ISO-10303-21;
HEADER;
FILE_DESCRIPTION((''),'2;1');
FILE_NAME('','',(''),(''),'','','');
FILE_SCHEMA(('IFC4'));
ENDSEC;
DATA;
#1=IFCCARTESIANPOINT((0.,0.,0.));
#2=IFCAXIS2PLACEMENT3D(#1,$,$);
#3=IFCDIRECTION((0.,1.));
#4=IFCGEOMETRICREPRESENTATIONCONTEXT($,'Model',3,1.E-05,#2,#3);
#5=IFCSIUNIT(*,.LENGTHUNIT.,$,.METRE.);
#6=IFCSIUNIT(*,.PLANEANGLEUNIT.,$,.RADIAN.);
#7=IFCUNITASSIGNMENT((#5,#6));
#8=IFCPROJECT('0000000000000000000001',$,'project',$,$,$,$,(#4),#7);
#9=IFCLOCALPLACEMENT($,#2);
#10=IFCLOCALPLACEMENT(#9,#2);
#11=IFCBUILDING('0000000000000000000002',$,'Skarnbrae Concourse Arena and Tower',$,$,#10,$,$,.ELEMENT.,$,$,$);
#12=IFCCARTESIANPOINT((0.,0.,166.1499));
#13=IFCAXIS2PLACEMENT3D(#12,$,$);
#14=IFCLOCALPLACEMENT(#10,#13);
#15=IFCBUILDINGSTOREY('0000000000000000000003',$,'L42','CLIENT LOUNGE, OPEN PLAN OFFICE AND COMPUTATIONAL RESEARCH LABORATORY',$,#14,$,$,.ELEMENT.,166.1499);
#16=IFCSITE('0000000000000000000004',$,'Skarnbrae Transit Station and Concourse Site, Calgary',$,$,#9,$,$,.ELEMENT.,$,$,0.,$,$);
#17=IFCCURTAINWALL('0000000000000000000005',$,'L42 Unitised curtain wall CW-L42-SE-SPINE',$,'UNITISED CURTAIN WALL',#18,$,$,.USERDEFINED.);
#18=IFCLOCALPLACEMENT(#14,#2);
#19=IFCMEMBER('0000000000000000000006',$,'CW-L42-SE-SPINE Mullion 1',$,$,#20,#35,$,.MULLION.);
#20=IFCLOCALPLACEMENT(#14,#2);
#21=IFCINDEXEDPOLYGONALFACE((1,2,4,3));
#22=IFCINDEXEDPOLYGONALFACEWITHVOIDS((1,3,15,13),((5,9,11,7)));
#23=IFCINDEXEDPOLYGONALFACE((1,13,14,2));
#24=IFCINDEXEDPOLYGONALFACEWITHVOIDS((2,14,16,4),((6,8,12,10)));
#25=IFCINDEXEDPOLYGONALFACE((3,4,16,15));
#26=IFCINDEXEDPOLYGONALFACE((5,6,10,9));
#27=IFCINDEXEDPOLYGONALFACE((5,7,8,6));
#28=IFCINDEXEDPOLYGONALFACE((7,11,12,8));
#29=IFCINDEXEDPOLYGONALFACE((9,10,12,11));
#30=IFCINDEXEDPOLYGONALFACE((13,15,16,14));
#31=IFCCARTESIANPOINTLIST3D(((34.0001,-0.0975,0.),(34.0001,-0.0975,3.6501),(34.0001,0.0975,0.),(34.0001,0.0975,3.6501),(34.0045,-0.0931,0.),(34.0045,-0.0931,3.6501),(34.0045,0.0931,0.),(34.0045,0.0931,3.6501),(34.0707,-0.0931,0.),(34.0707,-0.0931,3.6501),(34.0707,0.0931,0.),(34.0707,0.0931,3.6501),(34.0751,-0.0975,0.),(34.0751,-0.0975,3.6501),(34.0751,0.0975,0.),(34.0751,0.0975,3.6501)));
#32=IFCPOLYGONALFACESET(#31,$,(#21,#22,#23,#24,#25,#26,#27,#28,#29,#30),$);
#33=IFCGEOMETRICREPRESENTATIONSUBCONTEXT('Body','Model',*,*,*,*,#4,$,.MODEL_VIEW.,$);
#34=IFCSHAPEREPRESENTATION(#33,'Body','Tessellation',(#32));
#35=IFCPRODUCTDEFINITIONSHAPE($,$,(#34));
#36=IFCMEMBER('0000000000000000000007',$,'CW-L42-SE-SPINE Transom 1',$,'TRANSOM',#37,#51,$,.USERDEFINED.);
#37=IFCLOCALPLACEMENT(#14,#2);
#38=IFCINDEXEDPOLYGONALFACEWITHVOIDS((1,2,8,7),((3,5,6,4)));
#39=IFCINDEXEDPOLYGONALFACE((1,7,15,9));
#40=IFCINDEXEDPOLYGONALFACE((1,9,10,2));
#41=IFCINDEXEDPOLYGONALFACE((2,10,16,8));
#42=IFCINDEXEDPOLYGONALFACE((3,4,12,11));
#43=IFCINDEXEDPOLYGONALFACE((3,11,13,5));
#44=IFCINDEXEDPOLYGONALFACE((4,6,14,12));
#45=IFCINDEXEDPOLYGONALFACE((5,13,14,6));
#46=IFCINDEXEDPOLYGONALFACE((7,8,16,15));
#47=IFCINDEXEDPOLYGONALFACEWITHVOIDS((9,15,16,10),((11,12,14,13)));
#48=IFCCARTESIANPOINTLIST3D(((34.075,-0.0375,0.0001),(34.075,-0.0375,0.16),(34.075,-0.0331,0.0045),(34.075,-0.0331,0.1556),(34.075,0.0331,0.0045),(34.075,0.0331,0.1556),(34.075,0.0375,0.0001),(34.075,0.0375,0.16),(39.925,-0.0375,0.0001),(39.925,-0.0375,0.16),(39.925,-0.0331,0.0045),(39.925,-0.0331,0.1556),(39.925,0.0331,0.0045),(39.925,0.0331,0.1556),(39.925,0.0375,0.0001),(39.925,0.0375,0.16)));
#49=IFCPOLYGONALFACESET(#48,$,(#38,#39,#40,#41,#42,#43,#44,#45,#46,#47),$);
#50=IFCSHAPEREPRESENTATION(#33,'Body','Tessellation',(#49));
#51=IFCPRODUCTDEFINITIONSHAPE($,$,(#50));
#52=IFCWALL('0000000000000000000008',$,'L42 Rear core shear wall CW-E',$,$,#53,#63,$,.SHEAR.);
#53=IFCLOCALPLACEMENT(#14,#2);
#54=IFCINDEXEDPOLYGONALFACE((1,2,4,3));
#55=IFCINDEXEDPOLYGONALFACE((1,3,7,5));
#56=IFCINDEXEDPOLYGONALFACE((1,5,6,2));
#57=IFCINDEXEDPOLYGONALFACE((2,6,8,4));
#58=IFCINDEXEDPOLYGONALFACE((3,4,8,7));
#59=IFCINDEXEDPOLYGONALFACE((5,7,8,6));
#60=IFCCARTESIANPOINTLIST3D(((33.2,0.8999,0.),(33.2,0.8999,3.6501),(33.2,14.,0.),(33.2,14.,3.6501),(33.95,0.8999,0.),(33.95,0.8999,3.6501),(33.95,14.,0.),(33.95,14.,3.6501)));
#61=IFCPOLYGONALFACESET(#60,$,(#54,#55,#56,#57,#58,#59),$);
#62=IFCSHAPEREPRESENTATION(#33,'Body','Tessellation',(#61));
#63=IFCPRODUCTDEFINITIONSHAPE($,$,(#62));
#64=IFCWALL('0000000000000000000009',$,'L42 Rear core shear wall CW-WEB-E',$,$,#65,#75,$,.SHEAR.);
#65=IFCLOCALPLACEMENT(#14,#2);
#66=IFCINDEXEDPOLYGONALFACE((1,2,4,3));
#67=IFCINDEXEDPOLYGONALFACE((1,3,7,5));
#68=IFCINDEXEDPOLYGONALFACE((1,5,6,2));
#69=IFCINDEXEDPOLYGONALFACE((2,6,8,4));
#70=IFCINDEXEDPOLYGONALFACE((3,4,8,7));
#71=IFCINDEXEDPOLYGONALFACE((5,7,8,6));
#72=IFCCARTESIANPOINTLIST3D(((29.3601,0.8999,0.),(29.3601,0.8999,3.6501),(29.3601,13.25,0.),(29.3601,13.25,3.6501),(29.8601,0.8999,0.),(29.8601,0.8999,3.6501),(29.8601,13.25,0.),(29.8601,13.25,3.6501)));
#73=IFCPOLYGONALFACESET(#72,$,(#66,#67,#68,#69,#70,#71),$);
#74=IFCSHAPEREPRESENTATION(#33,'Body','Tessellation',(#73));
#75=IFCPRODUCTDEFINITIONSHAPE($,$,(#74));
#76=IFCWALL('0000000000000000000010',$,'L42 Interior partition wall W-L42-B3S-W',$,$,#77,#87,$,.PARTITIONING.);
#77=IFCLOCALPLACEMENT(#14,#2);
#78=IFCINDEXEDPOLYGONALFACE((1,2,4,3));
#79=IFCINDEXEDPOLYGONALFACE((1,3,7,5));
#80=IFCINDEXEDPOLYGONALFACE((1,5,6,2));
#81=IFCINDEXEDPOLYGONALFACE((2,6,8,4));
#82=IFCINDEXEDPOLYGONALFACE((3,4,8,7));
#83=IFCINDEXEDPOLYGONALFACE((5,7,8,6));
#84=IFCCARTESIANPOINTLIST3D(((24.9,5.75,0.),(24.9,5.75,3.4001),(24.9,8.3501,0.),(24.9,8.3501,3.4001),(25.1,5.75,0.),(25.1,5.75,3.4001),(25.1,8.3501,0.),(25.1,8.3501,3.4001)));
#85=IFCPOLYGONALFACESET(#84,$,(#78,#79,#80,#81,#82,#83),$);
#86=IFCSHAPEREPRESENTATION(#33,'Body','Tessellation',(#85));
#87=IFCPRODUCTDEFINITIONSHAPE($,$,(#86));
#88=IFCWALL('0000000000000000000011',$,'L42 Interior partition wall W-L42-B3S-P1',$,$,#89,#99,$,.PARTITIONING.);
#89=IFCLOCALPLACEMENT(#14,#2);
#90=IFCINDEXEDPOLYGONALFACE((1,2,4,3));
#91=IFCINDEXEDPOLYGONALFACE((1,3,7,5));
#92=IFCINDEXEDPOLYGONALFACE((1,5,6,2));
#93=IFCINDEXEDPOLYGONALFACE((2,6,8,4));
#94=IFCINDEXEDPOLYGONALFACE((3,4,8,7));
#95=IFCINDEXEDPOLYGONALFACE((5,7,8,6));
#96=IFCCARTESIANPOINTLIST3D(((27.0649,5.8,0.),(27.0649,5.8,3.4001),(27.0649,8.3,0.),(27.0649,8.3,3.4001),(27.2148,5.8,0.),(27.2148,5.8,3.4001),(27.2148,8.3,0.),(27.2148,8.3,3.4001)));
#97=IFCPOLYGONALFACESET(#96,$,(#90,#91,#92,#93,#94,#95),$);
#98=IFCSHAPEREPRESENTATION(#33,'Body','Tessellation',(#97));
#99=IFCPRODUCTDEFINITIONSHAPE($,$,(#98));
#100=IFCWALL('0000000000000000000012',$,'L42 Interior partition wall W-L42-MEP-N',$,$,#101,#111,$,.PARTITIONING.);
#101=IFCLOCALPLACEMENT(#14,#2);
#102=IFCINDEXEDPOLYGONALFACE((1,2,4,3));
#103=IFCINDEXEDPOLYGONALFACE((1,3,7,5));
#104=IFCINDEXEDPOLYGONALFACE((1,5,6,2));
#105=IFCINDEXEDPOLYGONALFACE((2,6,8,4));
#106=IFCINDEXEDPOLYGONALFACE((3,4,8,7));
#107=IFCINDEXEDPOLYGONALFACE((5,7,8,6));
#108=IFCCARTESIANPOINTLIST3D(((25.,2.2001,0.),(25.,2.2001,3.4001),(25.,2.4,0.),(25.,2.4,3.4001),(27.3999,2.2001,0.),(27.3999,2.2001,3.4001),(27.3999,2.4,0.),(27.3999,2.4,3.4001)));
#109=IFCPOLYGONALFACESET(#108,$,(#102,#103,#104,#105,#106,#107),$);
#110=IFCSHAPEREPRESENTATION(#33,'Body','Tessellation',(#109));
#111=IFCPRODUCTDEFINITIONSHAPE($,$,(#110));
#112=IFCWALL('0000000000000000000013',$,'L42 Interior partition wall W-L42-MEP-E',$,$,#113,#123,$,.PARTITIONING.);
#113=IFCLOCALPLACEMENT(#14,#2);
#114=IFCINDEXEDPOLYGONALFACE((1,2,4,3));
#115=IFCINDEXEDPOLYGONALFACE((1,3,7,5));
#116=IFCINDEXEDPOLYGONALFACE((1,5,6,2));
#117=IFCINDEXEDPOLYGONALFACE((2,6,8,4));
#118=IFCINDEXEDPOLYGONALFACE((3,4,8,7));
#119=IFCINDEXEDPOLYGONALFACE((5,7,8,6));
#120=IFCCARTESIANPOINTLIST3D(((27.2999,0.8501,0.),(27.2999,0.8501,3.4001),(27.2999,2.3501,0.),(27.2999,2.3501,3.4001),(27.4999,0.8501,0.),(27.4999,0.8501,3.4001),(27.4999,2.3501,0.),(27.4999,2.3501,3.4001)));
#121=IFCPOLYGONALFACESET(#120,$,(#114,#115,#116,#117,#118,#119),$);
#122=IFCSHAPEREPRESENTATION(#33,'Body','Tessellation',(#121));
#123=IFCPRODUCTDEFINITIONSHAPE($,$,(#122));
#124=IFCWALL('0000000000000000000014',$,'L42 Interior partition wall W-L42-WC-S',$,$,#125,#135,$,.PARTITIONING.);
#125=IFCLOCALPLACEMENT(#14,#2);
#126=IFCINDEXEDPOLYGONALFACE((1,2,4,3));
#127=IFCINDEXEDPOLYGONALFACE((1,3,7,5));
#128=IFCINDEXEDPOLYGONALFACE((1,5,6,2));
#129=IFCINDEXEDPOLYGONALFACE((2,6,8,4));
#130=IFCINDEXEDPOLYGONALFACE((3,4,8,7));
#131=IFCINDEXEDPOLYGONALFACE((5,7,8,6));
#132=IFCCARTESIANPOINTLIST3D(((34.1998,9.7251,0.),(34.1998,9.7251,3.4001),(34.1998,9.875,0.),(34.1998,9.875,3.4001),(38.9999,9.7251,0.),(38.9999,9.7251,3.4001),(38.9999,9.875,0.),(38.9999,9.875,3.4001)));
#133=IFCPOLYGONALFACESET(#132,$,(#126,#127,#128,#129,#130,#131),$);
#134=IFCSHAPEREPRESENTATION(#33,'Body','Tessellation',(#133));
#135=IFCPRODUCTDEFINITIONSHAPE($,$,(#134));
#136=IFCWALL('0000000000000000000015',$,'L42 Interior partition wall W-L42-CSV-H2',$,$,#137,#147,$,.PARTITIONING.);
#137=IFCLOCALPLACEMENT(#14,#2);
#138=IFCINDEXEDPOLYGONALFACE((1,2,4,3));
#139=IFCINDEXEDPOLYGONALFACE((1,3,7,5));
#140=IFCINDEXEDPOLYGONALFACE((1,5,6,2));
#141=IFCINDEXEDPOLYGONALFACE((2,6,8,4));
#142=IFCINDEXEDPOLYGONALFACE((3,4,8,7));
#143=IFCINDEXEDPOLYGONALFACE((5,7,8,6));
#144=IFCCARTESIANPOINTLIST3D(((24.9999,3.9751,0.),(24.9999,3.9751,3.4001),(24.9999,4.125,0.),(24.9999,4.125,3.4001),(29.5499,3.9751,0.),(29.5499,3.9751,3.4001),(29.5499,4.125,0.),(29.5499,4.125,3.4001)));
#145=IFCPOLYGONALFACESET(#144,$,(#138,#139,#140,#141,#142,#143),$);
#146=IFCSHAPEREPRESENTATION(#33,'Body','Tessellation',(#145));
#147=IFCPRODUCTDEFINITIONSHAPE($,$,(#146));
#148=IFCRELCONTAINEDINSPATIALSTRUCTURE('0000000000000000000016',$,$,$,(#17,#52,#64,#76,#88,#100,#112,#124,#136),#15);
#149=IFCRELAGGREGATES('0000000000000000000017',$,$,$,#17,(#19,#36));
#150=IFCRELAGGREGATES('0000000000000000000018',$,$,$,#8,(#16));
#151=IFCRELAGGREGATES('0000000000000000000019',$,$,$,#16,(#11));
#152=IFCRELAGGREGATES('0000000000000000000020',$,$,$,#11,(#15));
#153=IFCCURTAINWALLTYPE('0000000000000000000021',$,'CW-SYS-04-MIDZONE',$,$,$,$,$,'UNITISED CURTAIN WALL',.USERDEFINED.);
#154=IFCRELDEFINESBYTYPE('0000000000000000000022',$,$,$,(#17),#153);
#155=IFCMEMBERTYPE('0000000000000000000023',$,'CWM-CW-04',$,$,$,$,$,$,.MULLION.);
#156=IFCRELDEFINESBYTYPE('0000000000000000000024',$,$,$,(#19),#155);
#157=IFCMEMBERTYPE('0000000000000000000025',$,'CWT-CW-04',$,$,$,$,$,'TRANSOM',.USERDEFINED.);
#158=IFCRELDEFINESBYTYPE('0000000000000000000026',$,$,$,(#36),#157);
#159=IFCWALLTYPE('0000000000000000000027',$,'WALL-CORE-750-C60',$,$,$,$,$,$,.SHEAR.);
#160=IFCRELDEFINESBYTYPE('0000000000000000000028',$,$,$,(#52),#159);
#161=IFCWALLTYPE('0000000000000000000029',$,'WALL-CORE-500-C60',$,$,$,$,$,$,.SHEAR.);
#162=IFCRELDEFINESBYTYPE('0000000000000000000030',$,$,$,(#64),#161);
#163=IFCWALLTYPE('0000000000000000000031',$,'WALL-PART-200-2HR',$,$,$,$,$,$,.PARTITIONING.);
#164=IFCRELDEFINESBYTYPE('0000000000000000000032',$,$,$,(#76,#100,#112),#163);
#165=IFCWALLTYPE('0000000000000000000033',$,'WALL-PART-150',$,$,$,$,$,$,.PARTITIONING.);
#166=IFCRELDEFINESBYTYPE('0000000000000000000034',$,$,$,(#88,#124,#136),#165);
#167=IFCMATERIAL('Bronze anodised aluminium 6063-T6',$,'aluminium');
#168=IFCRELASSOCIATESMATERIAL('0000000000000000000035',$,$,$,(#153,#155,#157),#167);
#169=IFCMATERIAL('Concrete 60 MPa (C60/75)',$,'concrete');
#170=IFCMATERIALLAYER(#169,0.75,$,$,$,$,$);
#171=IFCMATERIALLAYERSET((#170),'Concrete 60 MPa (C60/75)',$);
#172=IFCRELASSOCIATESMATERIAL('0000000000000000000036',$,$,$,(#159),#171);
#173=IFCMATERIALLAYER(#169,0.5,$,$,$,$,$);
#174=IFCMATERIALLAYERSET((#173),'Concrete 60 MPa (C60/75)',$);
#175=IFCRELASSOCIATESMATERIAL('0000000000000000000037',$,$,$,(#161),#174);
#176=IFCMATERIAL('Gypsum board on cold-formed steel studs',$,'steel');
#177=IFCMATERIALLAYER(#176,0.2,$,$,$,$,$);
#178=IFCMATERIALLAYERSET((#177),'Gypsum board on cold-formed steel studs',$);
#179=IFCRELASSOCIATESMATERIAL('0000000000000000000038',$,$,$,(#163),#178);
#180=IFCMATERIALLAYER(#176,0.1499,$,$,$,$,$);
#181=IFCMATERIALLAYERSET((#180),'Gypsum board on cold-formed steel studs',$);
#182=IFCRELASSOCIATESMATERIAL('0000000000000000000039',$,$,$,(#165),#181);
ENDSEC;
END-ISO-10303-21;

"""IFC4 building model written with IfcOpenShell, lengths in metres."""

from ifc_helpers import new_model, si_unit, direction, frame, frame_2d, origin, origin_2d, place, context, subcontext, project, spatial, rectangle, hollow_rectangle, extrude, source, transform, mapped, material, layer, layer_set, material_profile, profile_set, type_object, element, aggregate, save


model = new_model("IFC4")

# Units and contexts
model_context = context("Model", 3, precision=1e-05, world=origin(), true_north=direction((0.0, 1.0)))
body_context = subcontext(model_context, "Body", "Model", "MODEL_VIEW")
ifc_project = project(units=[si_unit("LENGTHUNIT", "METRE"), si_unit("PLANEANGLEUNIT", "RADIAN")], contexts=[model_context])

# Site, building, storey
site_placement = place(None, origin())
site = spatial("IfcSite", under=ifc_project, at=site_placement, Name="Skarnbrae Transit Station and Concourse Site, Calgary", CompositionType="ELEMENT", RefElevation=0.0)
building_placement = place(site_placement, origin())
building = spatial("IfcBuilding", under=site, at=building_placement, Name="Skarnbrae Concourse Arena and Tower", CompositionType="ELEMENT")
storey_placement = place(building_placement, frame((0.0, 0.0, 166.1499)))
storey = spatial("IfcBuildingStorey", under=building, at=storey_placement, Name="L42", Description="CLIENT LOUNGE, OPEN PLAN OFFICE AND COMPUTATIONAL RESEARCH LABORATORY", CompositionType="ELEMENT", Elevation=166.1499)

# Curtain wall, members
ifc_material_1 = material(Name="Bronze anodised aluminium 6063-T6", Category="aluminium")
curtain_wall_type = type_object("IfcCurtainWallType", Name="CW-SYS-04-MIDZONE", ElementType="UNITISED CURTAIN WALL", PredefinedType="USERDEFINED", material=ifc_material_1)
curtain_wall_placement = place(storey_placement, origin())
curtain_wall = element("IfcCurtainWall", 1, at=curtain_wall_placement, inside=storey, type_object=curtain_wall_type, Name="L42 Unitised curtain wall CW-L42-SE-SPINE", ObjectType="UNITISED CURTAIN WALL", PredefinedType="USERDEFINED")
ifc_material_profile_1 = material_profile(ifc_material_1, hollow_rectangle(XDim=0.075, YDim=0.1951, WallThickness=0.0044, at=origin_2d()), Name="ALU-MULL-75X195")
ifc_profile_set_1 = profile_set([ifc_material_profile_1], Name="Bronze anodised aluminium 6063-T6")
member_type_1 = type_object("IfcMemberType", Name="CWM-CW-04", PredefinedType="MULLION", material=ifc_profile_set_1)
shared_shape_1 = source(origin(), body_context, "Body", "SweptSolid", [
    extrude(hollow_rectangle(XDim=0.075, YDim=0.1951, WallThickness=0.0044, at=origin_2d()), origin(), (0.0, 0.0, 1.0), 3.6501),
])
member_1_placement = place(storey_placement, frame((34.0376, 0.0, 0.0), z_axis=(0.0, 0.0, 1.0), x_axis=(1.0, 0.0, 0.0)))
member_1 = element("IfcMember", 2, at=member_1_placement, type_object=member_type_1, Name="CW-L42-SE-SPINE Mullion 1", PredefinedType="MULLION", context=body_context, shape_type="MappedRepresentation", body=[
    mapped(shared_shape_1, transform((0.0, 0.0, 0.0))),
])
ifc_material_profile_2 = material_profile(ifc_material_1, hollow_rectangle(XDim=0.075, YDim=0.1599, WallThickness=0.0044, at=origin_2d()), Name="ALU-TRAN-75X160")
ifc_profile_set_2 = profile_set([ifc_material_profile_2], Name="Bronze anodised aluminium 6063-T6")
member_type_2 = type_object("IfcMemberType", Name="CWT-CW-04", ElementType="TRANSOM", PredefinedType="USERDEFINED", material=ifc_profile_set_2)
shared_shape_2 = source(origin(), body_context, "Body", "SweptSolid", [
    extrude(hollow_rectangle(XDim=0.075, YDim=0.1599, WallThickness=0.0044, at=origin_2d()), origin(), (0.0, 0.0, 1.0), 5.8501),
])
member_2_placement = place(storey_placement, frame((34.075, 0.0, 0.0801), z_axis=(1.0, 0.0, 0.0), x_axis=(0.0, 1.0, 0.0)))
member_2 = element("IfcMember", 3, at=member_2_placement, type_object=member_type_2, Name="CW-L42-SE-SPINE Transom 1", ObjectType="TRANSOM", PredefinedType="USERDEFINED", context=body_context, shape_type="MappedRepresentation", body=[
    mapped(shared_shape_2, transform((0.0, 0.0, 0.0))),
])
aggregate(curtain_wall, [member_1, member_2])

# Walls
ifc_material_2 = material(Name="Concrete 60 MPa (C60/75)", Category="concrete")
ifc_layer_1 = layer(ifc_material_2, 0.75)
ifc_layer_set_1 = layer_set([ifc_layer_1], Name="Concrete 60 MPa (C60/75)")
wall_type_1 = type_object("IfcWallType", Name="WALL-CORE-750-C60", PredefinedType="SHEAR", material=ifc_layer_set_1)
shared_shape_3 = source(origin(), body_context, "Body", "SweptSolid", [
    extrude(rectangle(XDim=13.1001, YDim=0.75, at=frame_2d((6.55, 0.0))), origin(), (0.0, 0.0, 1.0), 3.6501),
])
wall_1_placement = place(storey_placement, frame((33.575, 0.8999, 0.0), z_axis=(0.0, 0.0, 1.0), x_axis=(0.0, 1.0, 0.0)))
element("IfcWall", 4, at=wall_1_placement, inside=storey, type_object=wall_type_1, Name="L42 Rear core shear wall CW-E", PredefinedType="SHEAR", context=body_context, shape_type="MappedRepresentation", body=[
    mapped(shared_shape_3, transform((0.0, 0.0, 0.0))),
])
ifc_layer_2 = layer(ifc_material_2, 0.5)
ifc_layer_set_2 = layer_set([ifc_layer_2], Name="Concrete 60 MPa (C60/75)")
wall_type_2 = type_object("IfcWallType", Name="WALL-CORE-500-C60", PredefinedType="SHEAR", material=ifc_layer_set_2)
shared_shape_4 = source(origin(), body_context, "Body", "SweptSolid", [
    extrude(rectangle(XDim=12.3501, YDim=0.5, at=frame_2d((6.175, 0.0))), origin(), (0.0, 0.0, 1.0), 3.6501),
])
wall_2_placement = place(storey_placement, frame((29.6101, 0.8999, 0.0), z_axis=(0.0, 0.0, 1.0), x_axis=(0.0, 1.0, 0.0)))
element("IfcWall", 5, at=wall_2_placement, inside=storey, type_object=wall_type_2, Name="L42 Rear core shear wall CW-WEB-E", PredefinedType="SHEAR", context=body_context, shape_type="MappedRepresentation", body=[
    mapped(shared_shape_4, transform((0.0, 0.0, 0.0))),
])
ifc_material_3 = material(Name="Gypsum board on cold-formed steel studs", Category="steel")
ifc_layer_3 = layer(ifc_material_3, 0.2)
ifc_layer_set_3 = layer_set([ifc_layer_3], Name="Gypsum board on cold-formed steel studs")
wall_type_3 = type_object("IfcWallType", Name="WALL-PART-200-2HR", PredefinedType="PARTITIONING", material=ifc_layer_set_3)
shared_shape_5 = source(origin(), body_context, "Body", "SweptSolid", [
    extrude(rectangle(XDim=2.6001, YDim=0.2, at=frame_2d((1.3, 0.0))), origin(), (0.0, 0.0, 1.0), 3.4001),
])
wall_3_placement = place(storey_placement, frame((25.0, 5.75, 0.0), z_axis=(0.0, 0.0, 1.0), x_axis=(0.0, 1.0, 0.0)))
element("IfcWall", 6, at=wall_3_placement, inside=storey, type_object=wall_type_3, Name="L42 Interior partition wall W-L42-B3S-W", PredefinedType="PARTITIONING", context=body_context, shape_type="MappedRepresentation", body=[
    mapped(shared_shape_5, transform((0.0, 0.0, 0.0))),
])
ifc_layer_4 = layer(ifc_material_3, 0.1499)
ifc_layer_set_4 = layer_set([ifc_layer_4], Name="Gypsum board on cold-formed steel studs")
wall_type_4 = type_object("IfcWallType", Name="WALL-PART-150", PredefinedType="PARTITIONING", material=ifc_layer_set_4)
shared_shape_6 = source(origin(), body_context, "Body", "SweptSolid", [
    extrude(rectangle(XDim=2.5, YDim=0.1499, at=frame_2d((1.25, 0.0))), origin(), (0.0, 0.0, 1.0), 3.4001),
])
wall_4_placement = place(storey_placement, frame((27.1399, 5.8, 0.0), z_axis=(0.0, 0.0, 1.0), x_axis=(0.0, 1.0, 0.0)))
element("IfcWall", 7, at=wall_4_placement, inside=storey, type_object=wall_type_4, Name="L42 Interior partition wall W-L42-B3S-P1", PredefinedType="PARTITIONING", context=body_context, shape_type="MappedRepresentation", body=[
    mapped(shared_shape_6, transform((0.0, 0.0, 0.0))),
])

# Walls
shared_shape_7 = source(origin(), body_context, "Body", "SweptSolid", [
    extrude(rectangle(XDim=2.3999, YDim=0.2, at=frame_2d((1.2, 0.0))), origin(), (0.0, 0.0, 1.0), 3.4001),
])
wall_5_placement = place(storey_placement, frame((25.0, 2.3, 0.0), z_axis=(0.0, 0.0, 1.0), x_axis=(1.0, 0.0, 0.0)))
element("IfcWall", 8, at=wall_5_placement, inside=storey, type_object=wall_type_3, Name="L42 Interior partition wall W-L42-MEP-N", PredefinedType="PARTITIONING", context=body_context, shape_type="MappedRepresentation", body=[
    mapped(shared_shape_7, transform((0.0, 0.0, 0.0))),
])
shared_shape_8 = source(origin(), body_context, "Body", "SweptSolid", [
    extrude(rectangle(XDim=1.5, YDim=0.2, at=frame_2d((0.75, 0.0))), origin(), (0.0, 0.0, 1.0), 3.4001),
])
wall_6_placement = place(storey_placement, frame((27.3999, 0.8501, 0.0), z_axis=(0.0, 0.0, 1.0), x_axis=(0.0, 1.0, 0.0)))
element("IfcWall", 9, at=wall_6_placement, inside=storey, type_object=wall_type_3, Name="L42 Interior partition wall W-L42-MEP-E", PredefinedType="PARTITIONING", context=body_context, shape_type="MappedRepresentation", body=[
    mapped(shared_shape_8, transform((0.0, 0.0, 0.0))),
])
shared_shape_9 = source(origin(), body_context, "Body", "SweptSolid", [
    extrude(rectangle(XDim=4.8, YDim=0.1499, at=frame_2d((2.3999, 0.0))), origin(), (0.0, 0.0, 1.0), 3.4001),
])
wall_7_placement = place(storey_placement, frame((34.2, 9.8, 0.0), z_axis=(0.0, 0.0, 1.0), x_axis=(1.0, 0.0, 0.0)))
element("IfcWall", 10, at=wall_7_placement, inside=storey, type_object=wall_type_4, Name="L42 Interior partition wall W-L42-WC-S", PredefinedType="PARTITIONING", context=body_context, shape_type="MappedRepresentation", body=[
    mapped(shared_shape_9, transform((0.0, 0.0, 0.0))),
])
shared_shape_10 = source(origin(), body_context, "Body", "SweptSolid", [
    extrude(rectangle(XDim=4.55, YDim=0.1499, at=frame_2d((2.2749, 0.0))), origin(), (0.0, 0.0, 1.0), 3.4001),
])
wall_8_placement = place(storey_placement, frame((25.0, 4.05, 0.0), z_axis=(0.0, 0.0, 1.0), x_axis=(1.0, 0.0, 0.0)))
element("IfcWall", 11, at=wall_8_placement, inside=storey, type_object=wall_type_4, Name="L42 Interior partition wall W-L42-CSV-H2", PredefinedType="PARTITIONING", context=body_context, shape_type="MappedRepresentation", body=[
    mapped(shared_shape_10, transform((0.0, 0.0, 0.0))),
])

save(model, "model.ifc")
